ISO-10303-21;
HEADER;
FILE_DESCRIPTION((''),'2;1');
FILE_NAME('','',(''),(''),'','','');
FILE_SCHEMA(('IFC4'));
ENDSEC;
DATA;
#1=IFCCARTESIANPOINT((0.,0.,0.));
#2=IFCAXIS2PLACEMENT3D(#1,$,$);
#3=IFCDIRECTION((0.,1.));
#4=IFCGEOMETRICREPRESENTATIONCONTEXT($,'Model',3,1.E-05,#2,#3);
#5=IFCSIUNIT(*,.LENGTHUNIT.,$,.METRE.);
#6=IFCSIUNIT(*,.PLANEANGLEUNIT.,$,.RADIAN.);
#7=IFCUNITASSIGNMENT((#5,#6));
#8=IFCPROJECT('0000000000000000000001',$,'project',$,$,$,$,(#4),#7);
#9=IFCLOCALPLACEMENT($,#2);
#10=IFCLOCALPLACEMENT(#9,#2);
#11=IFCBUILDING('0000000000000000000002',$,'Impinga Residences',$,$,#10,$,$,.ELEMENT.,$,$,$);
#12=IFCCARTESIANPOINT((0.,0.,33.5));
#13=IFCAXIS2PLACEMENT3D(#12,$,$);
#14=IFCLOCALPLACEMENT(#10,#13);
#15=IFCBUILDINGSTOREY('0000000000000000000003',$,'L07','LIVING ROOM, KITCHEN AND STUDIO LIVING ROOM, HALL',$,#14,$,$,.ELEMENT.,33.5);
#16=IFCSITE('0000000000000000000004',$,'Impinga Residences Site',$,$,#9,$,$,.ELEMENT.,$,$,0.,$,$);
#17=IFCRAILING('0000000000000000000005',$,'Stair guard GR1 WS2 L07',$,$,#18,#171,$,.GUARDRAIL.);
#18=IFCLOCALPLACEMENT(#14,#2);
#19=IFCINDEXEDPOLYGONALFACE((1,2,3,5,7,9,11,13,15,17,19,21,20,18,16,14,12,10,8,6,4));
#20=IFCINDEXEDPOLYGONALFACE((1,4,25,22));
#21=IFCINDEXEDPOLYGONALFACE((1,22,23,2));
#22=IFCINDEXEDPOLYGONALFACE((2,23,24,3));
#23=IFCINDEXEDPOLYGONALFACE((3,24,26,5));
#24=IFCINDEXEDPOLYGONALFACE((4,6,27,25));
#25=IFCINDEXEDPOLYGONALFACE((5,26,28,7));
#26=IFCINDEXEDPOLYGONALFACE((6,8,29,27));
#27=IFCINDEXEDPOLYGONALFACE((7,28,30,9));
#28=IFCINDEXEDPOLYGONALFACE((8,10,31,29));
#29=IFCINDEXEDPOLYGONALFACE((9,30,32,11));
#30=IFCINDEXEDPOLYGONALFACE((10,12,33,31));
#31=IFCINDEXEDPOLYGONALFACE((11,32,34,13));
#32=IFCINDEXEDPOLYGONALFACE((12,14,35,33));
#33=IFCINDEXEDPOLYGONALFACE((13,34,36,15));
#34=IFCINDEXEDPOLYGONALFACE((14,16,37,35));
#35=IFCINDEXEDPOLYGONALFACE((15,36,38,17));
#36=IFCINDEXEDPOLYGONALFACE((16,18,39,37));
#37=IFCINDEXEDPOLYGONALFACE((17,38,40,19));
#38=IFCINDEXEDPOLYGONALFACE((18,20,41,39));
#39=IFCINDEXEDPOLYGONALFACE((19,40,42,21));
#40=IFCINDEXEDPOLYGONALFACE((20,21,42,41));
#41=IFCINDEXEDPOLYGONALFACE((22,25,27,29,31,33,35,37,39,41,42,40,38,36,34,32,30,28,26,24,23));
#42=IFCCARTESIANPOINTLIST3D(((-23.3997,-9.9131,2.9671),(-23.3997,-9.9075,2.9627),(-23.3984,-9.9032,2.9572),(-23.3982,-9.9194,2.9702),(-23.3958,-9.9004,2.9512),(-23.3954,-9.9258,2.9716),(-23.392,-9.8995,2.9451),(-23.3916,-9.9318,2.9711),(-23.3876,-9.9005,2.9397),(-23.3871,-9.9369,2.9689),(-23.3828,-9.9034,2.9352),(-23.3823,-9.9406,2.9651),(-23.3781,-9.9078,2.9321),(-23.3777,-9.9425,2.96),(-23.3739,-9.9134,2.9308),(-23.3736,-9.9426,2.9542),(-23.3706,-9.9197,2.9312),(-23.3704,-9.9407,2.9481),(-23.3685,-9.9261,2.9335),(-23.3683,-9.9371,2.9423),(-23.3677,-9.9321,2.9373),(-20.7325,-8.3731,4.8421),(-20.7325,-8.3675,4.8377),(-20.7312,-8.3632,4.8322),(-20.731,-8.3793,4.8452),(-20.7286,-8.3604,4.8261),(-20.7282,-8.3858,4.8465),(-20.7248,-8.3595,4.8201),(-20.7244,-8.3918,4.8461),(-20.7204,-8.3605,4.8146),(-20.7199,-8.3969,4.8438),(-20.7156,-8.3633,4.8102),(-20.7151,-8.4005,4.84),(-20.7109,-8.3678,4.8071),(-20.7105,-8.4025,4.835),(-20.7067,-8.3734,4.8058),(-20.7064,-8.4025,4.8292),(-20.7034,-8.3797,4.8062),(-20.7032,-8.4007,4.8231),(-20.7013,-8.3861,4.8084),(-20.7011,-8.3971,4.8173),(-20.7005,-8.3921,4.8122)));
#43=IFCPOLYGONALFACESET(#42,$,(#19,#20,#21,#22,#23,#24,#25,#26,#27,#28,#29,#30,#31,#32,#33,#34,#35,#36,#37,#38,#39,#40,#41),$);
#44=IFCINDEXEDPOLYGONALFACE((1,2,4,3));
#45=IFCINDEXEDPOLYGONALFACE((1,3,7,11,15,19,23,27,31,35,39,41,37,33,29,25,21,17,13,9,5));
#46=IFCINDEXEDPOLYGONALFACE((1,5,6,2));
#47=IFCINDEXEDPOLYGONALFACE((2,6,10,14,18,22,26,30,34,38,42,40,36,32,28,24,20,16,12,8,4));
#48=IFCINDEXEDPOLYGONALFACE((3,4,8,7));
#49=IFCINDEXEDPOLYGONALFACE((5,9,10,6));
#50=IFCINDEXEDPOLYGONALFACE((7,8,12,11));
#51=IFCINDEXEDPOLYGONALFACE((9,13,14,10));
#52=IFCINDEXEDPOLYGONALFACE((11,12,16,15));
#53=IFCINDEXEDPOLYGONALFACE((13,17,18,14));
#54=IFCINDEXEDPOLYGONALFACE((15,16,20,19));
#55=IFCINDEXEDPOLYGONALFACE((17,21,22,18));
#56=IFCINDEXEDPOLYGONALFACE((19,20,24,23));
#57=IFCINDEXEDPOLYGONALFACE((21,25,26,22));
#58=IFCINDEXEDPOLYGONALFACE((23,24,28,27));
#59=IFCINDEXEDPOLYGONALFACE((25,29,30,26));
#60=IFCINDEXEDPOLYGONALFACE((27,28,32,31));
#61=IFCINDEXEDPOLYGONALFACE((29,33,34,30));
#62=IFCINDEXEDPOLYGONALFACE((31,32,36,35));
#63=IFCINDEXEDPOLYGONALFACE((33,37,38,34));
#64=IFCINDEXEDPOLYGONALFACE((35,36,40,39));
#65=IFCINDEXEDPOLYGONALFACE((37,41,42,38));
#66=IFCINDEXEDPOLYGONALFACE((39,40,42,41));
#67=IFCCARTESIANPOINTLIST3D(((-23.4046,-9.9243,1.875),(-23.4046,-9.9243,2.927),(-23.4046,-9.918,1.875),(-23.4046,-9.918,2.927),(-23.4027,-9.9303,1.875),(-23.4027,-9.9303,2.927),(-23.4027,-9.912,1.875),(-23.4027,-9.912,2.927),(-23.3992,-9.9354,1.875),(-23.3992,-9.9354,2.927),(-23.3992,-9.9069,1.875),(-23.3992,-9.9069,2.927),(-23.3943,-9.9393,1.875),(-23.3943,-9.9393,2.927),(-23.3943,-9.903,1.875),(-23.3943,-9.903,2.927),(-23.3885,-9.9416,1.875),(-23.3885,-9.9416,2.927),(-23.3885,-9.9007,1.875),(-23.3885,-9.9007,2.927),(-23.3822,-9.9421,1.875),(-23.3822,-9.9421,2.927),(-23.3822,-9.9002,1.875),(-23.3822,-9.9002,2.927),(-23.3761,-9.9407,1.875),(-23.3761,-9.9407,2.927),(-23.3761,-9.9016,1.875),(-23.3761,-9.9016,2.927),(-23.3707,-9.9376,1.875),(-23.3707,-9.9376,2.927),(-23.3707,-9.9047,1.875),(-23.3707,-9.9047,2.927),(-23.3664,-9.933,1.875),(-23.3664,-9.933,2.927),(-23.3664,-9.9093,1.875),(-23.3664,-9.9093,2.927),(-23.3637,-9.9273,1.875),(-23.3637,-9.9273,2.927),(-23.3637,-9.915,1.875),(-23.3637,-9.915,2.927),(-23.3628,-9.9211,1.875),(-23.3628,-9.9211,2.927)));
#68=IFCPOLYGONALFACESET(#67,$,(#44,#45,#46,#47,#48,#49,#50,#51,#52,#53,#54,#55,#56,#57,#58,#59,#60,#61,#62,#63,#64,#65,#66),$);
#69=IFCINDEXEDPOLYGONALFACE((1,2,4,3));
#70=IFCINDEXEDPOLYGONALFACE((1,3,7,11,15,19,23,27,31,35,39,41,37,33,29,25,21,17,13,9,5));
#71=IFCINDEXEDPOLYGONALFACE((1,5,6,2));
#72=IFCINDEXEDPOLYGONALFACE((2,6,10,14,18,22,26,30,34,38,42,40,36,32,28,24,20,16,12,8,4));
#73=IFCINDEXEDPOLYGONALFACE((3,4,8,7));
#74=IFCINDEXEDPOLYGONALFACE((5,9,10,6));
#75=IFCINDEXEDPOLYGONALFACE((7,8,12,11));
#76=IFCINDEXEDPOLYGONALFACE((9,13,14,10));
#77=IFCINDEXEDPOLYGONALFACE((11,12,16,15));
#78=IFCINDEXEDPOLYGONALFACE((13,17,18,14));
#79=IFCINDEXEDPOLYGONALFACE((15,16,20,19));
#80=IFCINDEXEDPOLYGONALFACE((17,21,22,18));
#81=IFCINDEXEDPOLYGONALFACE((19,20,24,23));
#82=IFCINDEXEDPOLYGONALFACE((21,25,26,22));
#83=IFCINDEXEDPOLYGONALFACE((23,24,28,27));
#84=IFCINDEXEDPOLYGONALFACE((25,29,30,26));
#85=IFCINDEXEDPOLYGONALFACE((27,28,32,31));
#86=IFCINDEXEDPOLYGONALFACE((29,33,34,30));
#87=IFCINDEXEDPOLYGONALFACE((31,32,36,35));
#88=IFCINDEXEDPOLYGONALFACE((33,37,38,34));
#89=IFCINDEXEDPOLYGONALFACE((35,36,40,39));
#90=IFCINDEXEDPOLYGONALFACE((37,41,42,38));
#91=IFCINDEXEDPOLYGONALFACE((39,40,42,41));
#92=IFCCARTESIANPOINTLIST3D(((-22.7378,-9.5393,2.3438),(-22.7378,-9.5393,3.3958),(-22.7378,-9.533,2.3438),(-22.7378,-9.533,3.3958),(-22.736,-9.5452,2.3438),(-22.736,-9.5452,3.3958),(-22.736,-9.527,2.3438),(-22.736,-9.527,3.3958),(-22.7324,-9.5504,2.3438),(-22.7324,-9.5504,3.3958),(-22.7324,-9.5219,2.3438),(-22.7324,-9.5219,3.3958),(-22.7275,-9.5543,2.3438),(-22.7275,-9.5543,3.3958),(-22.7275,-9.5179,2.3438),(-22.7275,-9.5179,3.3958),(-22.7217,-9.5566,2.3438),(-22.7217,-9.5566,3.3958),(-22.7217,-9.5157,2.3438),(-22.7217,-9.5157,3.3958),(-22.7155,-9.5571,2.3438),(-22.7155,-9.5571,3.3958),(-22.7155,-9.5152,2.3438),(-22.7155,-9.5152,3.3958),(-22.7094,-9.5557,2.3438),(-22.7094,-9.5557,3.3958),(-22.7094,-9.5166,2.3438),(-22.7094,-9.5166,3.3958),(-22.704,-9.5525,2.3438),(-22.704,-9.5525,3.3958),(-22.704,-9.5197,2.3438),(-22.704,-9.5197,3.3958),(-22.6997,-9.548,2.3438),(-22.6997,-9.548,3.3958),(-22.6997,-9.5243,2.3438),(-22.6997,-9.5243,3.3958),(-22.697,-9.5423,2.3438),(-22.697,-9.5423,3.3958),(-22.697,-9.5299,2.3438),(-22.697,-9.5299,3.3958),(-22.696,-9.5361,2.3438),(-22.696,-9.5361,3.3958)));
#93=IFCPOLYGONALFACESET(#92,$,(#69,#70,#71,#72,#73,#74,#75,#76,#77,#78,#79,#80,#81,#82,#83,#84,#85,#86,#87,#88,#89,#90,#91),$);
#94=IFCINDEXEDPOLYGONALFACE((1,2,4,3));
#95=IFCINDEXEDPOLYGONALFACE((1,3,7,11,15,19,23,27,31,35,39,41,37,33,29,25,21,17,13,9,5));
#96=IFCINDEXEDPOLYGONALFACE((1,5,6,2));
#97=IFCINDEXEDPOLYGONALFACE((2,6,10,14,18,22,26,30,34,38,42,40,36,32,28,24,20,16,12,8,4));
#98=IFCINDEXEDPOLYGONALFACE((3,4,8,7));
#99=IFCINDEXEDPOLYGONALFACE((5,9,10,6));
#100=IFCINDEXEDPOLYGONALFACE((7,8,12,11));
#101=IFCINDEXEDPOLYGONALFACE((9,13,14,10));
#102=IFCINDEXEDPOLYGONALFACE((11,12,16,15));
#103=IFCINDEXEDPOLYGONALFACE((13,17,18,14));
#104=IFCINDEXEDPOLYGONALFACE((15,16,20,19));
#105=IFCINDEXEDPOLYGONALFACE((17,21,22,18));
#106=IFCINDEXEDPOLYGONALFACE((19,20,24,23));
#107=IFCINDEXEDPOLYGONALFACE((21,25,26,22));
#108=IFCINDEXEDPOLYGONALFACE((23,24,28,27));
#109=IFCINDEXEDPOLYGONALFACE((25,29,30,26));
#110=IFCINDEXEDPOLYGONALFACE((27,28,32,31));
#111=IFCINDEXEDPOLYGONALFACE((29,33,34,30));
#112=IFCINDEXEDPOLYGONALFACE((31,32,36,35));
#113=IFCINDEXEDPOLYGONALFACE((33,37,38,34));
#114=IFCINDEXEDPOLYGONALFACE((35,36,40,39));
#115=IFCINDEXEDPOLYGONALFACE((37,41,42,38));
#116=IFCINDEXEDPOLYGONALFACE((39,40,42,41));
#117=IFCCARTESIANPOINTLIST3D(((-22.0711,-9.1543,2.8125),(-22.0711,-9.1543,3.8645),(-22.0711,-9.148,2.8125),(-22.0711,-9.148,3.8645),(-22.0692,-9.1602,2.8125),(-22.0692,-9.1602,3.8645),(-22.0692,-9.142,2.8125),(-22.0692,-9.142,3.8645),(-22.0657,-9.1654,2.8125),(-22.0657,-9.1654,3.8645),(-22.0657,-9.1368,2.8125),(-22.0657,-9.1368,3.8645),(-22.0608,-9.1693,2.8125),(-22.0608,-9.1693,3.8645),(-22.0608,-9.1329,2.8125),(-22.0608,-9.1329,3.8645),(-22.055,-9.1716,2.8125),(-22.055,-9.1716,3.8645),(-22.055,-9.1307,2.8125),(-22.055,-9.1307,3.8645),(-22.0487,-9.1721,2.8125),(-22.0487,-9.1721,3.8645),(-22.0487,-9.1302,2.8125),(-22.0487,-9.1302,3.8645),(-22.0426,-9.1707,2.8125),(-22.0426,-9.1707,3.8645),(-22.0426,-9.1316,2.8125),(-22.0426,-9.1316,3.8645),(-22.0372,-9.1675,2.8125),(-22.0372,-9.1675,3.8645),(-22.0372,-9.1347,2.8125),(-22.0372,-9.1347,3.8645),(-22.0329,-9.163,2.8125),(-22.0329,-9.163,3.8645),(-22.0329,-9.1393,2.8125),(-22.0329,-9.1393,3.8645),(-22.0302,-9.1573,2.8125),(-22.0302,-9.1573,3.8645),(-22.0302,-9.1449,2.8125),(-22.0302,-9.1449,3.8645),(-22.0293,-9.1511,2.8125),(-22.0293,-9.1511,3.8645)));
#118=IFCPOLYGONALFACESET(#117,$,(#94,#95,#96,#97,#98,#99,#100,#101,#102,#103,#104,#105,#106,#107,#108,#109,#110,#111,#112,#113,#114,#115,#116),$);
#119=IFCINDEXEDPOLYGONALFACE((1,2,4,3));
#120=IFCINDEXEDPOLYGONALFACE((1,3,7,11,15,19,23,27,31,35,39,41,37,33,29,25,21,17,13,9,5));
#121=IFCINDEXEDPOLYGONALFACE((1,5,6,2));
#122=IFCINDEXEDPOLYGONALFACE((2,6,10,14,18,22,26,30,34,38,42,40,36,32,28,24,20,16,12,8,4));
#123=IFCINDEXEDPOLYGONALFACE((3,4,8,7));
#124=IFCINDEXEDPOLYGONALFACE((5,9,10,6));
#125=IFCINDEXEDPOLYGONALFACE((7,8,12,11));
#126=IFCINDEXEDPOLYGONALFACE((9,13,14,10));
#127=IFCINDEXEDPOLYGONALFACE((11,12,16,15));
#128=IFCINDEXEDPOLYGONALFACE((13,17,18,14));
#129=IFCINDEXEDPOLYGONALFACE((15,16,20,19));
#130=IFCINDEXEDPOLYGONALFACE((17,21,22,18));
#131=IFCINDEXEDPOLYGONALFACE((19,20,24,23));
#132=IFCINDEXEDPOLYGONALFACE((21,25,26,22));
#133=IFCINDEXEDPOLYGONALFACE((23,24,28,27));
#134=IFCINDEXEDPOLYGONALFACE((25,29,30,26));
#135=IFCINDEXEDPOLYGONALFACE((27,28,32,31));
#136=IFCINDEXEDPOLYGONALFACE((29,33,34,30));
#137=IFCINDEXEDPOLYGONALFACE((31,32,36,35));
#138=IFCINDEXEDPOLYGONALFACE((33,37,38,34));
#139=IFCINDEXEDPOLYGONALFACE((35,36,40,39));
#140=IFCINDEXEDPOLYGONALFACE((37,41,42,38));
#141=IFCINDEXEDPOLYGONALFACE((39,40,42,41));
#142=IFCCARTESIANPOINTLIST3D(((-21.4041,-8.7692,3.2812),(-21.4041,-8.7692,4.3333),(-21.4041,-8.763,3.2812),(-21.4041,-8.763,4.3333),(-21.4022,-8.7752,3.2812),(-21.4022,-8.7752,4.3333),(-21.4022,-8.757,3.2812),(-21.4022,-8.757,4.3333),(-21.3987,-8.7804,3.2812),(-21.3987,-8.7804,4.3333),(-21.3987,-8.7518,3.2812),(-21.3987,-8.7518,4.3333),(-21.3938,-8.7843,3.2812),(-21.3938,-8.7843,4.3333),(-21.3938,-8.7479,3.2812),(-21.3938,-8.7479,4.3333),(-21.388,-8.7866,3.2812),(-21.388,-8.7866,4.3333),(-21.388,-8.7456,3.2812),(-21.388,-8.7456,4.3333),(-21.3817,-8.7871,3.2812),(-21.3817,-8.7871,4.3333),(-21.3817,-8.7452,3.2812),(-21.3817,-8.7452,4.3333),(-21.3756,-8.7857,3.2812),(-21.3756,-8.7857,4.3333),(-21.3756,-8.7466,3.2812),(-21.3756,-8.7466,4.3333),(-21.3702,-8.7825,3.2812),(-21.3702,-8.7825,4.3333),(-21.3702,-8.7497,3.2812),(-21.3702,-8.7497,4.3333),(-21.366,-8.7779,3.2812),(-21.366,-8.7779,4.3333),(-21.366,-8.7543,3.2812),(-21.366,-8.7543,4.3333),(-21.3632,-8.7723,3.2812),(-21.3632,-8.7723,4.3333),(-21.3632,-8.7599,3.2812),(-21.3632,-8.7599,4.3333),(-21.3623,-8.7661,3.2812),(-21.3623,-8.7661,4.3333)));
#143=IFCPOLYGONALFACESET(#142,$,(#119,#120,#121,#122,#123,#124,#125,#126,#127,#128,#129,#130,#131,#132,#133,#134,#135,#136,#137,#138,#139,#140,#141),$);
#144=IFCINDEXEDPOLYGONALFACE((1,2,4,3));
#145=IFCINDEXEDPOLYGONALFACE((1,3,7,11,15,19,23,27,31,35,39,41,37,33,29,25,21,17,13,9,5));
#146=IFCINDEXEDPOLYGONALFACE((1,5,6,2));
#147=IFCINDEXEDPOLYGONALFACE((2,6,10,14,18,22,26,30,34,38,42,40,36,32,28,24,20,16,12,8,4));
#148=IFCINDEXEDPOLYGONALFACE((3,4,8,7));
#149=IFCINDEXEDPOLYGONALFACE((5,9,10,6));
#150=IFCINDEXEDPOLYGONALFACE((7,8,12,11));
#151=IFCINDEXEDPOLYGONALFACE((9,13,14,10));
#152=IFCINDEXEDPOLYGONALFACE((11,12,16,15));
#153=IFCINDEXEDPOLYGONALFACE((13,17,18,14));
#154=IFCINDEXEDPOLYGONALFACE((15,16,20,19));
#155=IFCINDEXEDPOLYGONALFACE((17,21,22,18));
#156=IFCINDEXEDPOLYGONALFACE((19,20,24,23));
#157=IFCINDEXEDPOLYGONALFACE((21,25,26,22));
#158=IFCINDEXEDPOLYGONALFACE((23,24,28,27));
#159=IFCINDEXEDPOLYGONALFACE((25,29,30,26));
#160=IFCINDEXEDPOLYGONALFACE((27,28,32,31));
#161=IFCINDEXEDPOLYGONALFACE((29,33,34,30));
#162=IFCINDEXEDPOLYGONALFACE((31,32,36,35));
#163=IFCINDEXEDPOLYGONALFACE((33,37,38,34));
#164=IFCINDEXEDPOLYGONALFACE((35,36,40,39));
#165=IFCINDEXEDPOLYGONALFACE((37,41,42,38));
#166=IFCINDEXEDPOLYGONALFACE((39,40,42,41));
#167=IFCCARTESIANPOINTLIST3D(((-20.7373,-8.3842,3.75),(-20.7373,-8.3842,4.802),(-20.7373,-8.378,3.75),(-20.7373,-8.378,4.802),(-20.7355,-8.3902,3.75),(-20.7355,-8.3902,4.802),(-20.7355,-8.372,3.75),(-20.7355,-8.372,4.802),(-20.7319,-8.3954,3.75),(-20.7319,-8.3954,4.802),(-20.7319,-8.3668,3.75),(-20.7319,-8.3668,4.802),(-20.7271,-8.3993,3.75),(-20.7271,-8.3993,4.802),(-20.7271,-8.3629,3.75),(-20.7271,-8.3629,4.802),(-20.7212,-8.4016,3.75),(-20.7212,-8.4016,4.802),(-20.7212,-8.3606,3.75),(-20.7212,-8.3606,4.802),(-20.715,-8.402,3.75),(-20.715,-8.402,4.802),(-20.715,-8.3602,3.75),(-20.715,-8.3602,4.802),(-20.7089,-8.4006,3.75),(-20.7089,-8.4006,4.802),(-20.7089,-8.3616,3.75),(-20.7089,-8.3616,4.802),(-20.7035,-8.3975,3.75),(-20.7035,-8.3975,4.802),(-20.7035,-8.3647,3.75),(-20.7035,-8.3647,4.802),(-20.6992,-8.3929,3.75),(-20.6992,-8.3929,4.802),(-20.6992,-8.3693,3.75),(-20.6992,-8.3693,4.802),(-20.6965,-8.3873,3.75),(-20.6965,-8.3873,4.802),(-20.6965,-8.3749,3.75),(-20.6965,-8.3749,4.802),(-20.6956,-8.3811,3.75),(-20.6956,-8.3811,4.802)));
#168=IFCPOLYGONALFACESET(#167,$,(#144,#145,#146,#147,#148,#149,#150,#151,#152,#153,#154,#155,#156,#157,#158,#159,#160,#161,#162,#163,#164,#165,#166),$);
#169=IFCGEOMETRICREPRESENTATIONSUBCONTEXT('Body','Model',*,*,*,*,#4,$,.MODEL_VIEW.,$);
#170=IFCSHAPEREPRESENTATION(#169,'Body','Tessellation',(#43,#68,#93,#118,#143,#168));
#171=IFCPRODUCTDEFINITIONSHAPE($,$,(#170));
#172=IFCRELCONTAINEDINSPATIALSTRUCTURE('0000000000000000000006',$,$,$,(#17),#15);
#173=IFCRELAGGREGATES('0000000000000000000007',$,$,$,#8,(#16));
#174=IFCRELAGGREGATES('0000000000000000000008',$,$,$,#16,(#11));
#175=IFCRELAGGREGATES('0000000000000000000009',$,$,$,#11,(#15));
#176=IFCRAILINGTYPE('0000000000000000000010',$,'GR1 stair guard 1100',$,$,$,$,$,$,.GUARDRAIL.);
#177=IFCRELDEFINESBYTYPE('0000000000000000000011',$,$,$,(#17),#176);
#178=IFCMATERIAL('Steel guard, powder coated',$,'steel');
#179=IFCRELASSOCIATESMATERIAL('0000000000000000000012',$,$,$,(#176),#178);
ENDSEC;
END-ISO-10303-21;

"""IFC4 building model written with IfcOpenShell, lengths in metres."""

from ifc_helpers import new_model, si_unit, direction, frame, origin, origin_2d, place, context, subcontext, project, spatial, circle, extrude, material, type_object, element, save


model = new_model("IFC4")

# Units and contexts
model_context = context("Model", 3, precision=1e-05, world=origin(), true_north=direction((0.0, 1.0)))
body_context = subcontext(model_context, "Body", "Model", "MODEL_VIEW")
ifc_project = project(units=[si_unit("LENGTHUNIT", "METRE"), si_unit("PLANEANGLEUNIT", "RADIAN")], contexts=[model_context])

# Site, building, storey
site_placement = place(None, origin())
site = spatial("IfcSite", under=ifc_project, at=site_placement, Name="Impinga Residences Site", CompositionType="ELEMENT", RefElevation=0.0)
building_placement = place(site_placement, origin())
building = spatial("IfcBuilding", under=site, at=building_placement, Name="Impinga Residences", CompositionType="ELEMENT")
storey_placement = place(building_placement, frame((0.0, 0.0, 33.5)))
storey = spatial("IfcBuildingStorey", under=building, at=storey_placement, Name="L07", Description="LIVING ROOM, KITCHEN AND STUDIO LIVING ROOM, HALL", CompositionType="ELEMENT", Elevation=33.5)

# Railing
ifc_material_1 = material(Name="Steel guard, powder coated", Category="steel")
railing_type_1 = type_object("IfcRailingType", Name="GR1 stair guard 1100", PredefinedType="GUARDRAIL", material=ifc_material_1)
railing_1_placement = place(storey_placement, frame((-23.3838, -9.9211, 1.875)))
element("IfcRailing", 1, at=railing_1_placement, inside=storey, type_object=railing_type_1, Name="Stair guard GR1 WS2 L07", PredefinedType="GUARDRAIL", context=body_context, shape_type="SweptSolid", body=[
    extrude(circle(Radius=0.0239, at=origin_2d()), frame((0.0, 0.0, 1.0762), z_axis=(0.739716, 0.427105, 0.520002), x_axis=(-0.500027, 0.86601, 0.0)), (0.0, 0.0, 1.0), 3.6057),
    extrude(circle(Radius=0.021, at=origin_2d()), origin(), (0.0, 0.0, 1.0), 1.052),
    extrude(circle(Radius=0.021, at=origin_2d()), frame((0.6667, 0.385, 0.4688)), (0.0, 0.0, 1.0), 1.052),
    extrude(circle(Radius=0.021, at=origin_2d()), frame((1.3335, 0.77, 0.9375)), (0.0, 0.0, 1.0), 1.052),
    extrude(circle(Radius=0.021, at=origin_2d()), frame((2.0005, 1.155, 1.4062)), (0.0, 0.0, 1.0), 1.052),
    extrude(circle(Radius=0.021, at=origin_2d()), frame((2.6672, 1.54, 1.875)), (0.0, 0.0, 1.0), 1.052),
])

save(model, "model.ifc")
